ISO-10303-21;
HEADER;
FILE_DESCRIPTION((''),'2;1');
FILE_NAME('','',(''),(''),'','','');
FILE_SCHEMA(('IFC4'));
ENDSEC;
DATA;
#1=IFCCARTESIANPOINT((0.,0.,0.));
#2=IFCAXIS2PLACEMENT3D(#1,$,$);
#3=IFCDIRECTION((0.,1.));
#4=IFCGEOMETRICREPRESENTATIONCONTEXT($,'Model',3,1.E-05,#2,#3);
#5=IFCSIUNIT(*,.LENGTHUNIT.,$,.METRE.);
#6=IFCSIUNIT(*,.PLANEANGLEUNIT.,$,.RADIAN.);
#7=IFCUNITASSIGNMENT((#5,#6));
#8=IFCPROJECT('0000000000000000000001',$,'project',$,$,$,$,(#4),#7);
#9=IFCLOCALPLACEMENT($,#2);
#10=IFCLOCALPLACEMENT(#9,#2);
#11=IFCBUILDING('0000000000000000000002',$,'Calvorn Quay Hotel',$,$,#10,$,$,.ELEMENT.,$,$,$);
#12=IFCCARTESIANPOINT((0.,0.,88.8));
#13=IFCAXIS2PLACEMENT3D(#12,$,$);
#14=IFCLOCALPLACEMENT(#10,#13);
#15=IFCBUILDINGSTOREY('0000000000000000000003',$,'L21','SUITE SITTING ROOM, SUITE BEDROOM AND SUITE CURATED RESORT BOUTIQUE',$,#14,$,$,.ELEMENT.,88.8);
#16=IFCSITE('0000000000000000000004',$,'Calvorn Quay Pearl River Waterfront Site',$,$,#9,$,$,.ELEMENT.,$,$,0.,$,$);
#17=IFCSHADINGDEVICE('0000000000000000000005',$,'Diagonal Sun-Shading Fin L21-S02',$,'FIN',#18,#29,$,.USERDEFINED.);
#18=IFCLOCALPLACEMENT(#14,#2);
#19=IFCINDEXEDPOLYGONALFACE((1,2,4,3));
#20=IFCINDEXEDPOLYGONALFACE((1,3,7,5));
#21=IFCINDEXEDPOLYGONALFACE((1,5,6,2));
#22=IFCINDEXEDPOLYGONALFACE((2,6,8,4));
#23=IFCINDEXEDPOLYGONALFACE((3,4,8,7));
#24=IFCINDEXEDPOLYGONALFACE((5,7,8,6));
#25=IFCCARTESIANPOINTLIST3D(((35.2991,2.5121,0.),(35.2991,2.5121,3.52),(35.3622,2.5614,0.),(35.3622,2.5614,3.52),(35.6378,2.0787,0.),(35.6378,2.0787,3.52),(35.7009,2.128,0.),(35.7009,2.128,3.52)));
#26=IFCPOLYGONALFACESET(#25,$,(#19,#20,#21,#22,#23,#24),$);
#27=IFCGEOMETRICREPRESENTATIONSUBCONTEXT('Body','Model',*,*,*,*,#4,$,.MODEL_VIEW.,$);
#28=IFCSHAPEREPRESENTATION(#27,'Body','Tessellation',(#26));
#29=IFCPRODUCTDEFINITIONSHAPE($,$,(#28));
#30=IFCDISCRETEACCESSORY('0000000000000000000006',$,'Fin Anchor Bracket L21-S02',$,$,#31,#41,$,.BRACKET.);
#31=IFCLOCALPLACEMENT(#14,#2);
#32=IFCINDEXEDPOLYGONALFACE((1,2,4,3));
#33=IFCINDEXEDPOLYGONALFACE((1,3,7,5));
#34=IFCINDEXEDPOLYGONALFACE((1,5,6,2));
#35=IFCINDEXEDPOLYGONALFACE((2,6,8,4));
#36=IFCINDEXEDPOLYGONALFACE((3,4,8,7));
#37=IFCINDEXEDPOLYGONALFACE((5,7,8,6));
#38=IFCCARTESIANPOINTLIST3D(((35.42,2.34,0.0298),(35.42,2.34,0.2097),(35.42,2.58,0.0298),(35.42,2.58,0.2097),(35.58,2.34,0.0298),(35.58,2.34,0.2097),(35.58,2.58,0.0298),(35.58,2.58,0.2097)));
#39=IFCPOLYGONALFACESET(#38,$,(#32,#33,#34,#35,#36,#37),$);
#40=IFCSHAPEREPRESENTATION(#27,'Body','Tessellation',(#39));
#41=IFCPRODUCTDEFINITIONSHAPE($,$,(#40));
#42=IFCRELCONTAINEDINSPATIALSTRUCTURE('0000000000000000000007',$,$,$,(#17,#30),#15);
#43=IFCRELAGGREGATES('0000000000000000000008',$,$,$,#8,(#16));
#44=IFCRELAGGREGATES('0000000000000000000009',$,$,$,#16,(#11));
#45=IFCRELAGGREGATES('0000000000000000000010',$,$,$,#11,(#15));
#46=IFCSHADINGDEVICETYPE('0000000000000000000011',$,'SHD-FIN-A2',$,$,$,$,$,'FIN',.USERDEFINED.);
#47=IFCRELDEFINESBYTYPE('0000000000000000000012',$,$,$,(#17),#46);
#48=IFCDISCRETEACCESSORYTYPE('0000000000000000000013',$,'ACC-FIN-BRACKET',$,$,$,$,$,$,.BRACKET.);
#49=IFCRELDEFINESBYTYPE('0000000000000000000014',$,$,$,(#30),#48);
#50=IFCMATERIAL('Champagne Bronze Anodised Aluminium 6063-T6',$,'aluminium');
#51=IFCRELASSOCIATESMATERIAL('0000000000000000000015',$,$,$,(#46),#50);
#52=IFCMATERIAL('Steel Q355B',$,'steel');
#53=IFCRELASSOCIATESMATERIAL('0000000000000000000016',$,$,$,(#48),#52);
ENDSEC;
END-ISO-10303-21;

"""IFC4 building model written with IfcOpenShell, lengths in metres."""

from ifc_helpers import new_model, si_unit, direction, frame, origin, origin_2d, place, context, subcontext, project, spatial, rectangle, extrude, material, type_object, element, save


model = new_model("IFC4")

# Units and contexts
model_context = context("Model", 3, precision=1e-05, world=origin(), true_north=direction((0.0, 1.0)))
body_context = subcontext(model_context, "Body", "Model", "MODEL_VIEW")
ifc_project = project(units=[si_unit("LENGTHUNIT", "METRE"), si_unit("PLANEANGLEUNIT", "RADIAN")], contexts=[model_context])

# Site, building, storey
site_placement = place(None, origin())
site = spatial("IfcSite", under=ifc_project, at=site_placement, Name="Calvorn Quay Pearl River Waterfront Site", CompositionType="ELEMENT", RefElevation=0.0)
building_placement = place(site_placement, origin())
building = spatial("IfcBuilding", under=site, at=building_placement, Name="Calvorn Quay Hotel", CompositionType="ELEMENT")
storey_placement = place(building_placement, frame((0.0, 0.0, 88.8)))
storey = spatial("IfcBuildingStorey", under=building, at=storey_placement, Name="L21", Description="SUITE SITTING ROOM, SUITE BEDROOM AND SUITE CURATED RESORT BOUTIQUE", CompositionType="ELEMENT", Elevation=88.8)

# Shading device
ifc_material_1 = material(Name="Champagne Bronze Anodised Aluminium 6063-T6", Category="aluminium")
shading_device_type = type_object("IfcShadingDeviceType", Name="SHD-FIN-A2", ElementType="FIN", PredefinedType="USERDEFINED", material=ifc_material_1)
shading_device_placement = place(storey_placement, frame((35.5, 2.3201, 0.0), z_axis=(0.0, 0.0, 1.0), x_axis=(-0.615661, 0.788011, 0.0)))
element("IfcShadingDevice", 1, at=shading_device_placement, inside=storey, type_object=shading_device_type, Name="Diagonal Sun-Shading Fin L21-S02", ObjectType="FIN", PredefinedType="USERDEFINED", context=body_context, shape_type="SweptSolid", body=[
    extrude(rectangle(XDim=0.55, YDim=0.0801, at=origin_2d()), origin(), (0.0, 0.0, 1.0), 3.52),
])

# Discrete accessory
ifc_material_2 = material(Name="Steel Q355B", Category="steel")
discrete_accessory_type = type_object("IfcDiscreteAccessoryType", Name="ACC-FIN-BRACKET", PredefinedType="BRACKET", material=ifc_material_2)
discrete_accessory_placement = place(storey_placement, frame((35.5, 2.46, 0.0298), z_axis=(0.0, 0.0, 1.0), x_axis=(0.0, 1.0, 0.0)))
element("IfcDiscreteAccessory", 2, at=discrete_accessory_placement, inside=storey, type_object=discrete_accessory_type, Name="Fin Anchor Bracket L21-S02", PredefinedType="BRACKET", context=body_context, shape_type="SweptSolid", body=[
    extrude(rectangle(XDim=0.24, YDim=0.1599, at=origin_2d()), origin(), (0.0, 0.0, 1.0), 0.1799),
])

save(model, "model.ifc")
